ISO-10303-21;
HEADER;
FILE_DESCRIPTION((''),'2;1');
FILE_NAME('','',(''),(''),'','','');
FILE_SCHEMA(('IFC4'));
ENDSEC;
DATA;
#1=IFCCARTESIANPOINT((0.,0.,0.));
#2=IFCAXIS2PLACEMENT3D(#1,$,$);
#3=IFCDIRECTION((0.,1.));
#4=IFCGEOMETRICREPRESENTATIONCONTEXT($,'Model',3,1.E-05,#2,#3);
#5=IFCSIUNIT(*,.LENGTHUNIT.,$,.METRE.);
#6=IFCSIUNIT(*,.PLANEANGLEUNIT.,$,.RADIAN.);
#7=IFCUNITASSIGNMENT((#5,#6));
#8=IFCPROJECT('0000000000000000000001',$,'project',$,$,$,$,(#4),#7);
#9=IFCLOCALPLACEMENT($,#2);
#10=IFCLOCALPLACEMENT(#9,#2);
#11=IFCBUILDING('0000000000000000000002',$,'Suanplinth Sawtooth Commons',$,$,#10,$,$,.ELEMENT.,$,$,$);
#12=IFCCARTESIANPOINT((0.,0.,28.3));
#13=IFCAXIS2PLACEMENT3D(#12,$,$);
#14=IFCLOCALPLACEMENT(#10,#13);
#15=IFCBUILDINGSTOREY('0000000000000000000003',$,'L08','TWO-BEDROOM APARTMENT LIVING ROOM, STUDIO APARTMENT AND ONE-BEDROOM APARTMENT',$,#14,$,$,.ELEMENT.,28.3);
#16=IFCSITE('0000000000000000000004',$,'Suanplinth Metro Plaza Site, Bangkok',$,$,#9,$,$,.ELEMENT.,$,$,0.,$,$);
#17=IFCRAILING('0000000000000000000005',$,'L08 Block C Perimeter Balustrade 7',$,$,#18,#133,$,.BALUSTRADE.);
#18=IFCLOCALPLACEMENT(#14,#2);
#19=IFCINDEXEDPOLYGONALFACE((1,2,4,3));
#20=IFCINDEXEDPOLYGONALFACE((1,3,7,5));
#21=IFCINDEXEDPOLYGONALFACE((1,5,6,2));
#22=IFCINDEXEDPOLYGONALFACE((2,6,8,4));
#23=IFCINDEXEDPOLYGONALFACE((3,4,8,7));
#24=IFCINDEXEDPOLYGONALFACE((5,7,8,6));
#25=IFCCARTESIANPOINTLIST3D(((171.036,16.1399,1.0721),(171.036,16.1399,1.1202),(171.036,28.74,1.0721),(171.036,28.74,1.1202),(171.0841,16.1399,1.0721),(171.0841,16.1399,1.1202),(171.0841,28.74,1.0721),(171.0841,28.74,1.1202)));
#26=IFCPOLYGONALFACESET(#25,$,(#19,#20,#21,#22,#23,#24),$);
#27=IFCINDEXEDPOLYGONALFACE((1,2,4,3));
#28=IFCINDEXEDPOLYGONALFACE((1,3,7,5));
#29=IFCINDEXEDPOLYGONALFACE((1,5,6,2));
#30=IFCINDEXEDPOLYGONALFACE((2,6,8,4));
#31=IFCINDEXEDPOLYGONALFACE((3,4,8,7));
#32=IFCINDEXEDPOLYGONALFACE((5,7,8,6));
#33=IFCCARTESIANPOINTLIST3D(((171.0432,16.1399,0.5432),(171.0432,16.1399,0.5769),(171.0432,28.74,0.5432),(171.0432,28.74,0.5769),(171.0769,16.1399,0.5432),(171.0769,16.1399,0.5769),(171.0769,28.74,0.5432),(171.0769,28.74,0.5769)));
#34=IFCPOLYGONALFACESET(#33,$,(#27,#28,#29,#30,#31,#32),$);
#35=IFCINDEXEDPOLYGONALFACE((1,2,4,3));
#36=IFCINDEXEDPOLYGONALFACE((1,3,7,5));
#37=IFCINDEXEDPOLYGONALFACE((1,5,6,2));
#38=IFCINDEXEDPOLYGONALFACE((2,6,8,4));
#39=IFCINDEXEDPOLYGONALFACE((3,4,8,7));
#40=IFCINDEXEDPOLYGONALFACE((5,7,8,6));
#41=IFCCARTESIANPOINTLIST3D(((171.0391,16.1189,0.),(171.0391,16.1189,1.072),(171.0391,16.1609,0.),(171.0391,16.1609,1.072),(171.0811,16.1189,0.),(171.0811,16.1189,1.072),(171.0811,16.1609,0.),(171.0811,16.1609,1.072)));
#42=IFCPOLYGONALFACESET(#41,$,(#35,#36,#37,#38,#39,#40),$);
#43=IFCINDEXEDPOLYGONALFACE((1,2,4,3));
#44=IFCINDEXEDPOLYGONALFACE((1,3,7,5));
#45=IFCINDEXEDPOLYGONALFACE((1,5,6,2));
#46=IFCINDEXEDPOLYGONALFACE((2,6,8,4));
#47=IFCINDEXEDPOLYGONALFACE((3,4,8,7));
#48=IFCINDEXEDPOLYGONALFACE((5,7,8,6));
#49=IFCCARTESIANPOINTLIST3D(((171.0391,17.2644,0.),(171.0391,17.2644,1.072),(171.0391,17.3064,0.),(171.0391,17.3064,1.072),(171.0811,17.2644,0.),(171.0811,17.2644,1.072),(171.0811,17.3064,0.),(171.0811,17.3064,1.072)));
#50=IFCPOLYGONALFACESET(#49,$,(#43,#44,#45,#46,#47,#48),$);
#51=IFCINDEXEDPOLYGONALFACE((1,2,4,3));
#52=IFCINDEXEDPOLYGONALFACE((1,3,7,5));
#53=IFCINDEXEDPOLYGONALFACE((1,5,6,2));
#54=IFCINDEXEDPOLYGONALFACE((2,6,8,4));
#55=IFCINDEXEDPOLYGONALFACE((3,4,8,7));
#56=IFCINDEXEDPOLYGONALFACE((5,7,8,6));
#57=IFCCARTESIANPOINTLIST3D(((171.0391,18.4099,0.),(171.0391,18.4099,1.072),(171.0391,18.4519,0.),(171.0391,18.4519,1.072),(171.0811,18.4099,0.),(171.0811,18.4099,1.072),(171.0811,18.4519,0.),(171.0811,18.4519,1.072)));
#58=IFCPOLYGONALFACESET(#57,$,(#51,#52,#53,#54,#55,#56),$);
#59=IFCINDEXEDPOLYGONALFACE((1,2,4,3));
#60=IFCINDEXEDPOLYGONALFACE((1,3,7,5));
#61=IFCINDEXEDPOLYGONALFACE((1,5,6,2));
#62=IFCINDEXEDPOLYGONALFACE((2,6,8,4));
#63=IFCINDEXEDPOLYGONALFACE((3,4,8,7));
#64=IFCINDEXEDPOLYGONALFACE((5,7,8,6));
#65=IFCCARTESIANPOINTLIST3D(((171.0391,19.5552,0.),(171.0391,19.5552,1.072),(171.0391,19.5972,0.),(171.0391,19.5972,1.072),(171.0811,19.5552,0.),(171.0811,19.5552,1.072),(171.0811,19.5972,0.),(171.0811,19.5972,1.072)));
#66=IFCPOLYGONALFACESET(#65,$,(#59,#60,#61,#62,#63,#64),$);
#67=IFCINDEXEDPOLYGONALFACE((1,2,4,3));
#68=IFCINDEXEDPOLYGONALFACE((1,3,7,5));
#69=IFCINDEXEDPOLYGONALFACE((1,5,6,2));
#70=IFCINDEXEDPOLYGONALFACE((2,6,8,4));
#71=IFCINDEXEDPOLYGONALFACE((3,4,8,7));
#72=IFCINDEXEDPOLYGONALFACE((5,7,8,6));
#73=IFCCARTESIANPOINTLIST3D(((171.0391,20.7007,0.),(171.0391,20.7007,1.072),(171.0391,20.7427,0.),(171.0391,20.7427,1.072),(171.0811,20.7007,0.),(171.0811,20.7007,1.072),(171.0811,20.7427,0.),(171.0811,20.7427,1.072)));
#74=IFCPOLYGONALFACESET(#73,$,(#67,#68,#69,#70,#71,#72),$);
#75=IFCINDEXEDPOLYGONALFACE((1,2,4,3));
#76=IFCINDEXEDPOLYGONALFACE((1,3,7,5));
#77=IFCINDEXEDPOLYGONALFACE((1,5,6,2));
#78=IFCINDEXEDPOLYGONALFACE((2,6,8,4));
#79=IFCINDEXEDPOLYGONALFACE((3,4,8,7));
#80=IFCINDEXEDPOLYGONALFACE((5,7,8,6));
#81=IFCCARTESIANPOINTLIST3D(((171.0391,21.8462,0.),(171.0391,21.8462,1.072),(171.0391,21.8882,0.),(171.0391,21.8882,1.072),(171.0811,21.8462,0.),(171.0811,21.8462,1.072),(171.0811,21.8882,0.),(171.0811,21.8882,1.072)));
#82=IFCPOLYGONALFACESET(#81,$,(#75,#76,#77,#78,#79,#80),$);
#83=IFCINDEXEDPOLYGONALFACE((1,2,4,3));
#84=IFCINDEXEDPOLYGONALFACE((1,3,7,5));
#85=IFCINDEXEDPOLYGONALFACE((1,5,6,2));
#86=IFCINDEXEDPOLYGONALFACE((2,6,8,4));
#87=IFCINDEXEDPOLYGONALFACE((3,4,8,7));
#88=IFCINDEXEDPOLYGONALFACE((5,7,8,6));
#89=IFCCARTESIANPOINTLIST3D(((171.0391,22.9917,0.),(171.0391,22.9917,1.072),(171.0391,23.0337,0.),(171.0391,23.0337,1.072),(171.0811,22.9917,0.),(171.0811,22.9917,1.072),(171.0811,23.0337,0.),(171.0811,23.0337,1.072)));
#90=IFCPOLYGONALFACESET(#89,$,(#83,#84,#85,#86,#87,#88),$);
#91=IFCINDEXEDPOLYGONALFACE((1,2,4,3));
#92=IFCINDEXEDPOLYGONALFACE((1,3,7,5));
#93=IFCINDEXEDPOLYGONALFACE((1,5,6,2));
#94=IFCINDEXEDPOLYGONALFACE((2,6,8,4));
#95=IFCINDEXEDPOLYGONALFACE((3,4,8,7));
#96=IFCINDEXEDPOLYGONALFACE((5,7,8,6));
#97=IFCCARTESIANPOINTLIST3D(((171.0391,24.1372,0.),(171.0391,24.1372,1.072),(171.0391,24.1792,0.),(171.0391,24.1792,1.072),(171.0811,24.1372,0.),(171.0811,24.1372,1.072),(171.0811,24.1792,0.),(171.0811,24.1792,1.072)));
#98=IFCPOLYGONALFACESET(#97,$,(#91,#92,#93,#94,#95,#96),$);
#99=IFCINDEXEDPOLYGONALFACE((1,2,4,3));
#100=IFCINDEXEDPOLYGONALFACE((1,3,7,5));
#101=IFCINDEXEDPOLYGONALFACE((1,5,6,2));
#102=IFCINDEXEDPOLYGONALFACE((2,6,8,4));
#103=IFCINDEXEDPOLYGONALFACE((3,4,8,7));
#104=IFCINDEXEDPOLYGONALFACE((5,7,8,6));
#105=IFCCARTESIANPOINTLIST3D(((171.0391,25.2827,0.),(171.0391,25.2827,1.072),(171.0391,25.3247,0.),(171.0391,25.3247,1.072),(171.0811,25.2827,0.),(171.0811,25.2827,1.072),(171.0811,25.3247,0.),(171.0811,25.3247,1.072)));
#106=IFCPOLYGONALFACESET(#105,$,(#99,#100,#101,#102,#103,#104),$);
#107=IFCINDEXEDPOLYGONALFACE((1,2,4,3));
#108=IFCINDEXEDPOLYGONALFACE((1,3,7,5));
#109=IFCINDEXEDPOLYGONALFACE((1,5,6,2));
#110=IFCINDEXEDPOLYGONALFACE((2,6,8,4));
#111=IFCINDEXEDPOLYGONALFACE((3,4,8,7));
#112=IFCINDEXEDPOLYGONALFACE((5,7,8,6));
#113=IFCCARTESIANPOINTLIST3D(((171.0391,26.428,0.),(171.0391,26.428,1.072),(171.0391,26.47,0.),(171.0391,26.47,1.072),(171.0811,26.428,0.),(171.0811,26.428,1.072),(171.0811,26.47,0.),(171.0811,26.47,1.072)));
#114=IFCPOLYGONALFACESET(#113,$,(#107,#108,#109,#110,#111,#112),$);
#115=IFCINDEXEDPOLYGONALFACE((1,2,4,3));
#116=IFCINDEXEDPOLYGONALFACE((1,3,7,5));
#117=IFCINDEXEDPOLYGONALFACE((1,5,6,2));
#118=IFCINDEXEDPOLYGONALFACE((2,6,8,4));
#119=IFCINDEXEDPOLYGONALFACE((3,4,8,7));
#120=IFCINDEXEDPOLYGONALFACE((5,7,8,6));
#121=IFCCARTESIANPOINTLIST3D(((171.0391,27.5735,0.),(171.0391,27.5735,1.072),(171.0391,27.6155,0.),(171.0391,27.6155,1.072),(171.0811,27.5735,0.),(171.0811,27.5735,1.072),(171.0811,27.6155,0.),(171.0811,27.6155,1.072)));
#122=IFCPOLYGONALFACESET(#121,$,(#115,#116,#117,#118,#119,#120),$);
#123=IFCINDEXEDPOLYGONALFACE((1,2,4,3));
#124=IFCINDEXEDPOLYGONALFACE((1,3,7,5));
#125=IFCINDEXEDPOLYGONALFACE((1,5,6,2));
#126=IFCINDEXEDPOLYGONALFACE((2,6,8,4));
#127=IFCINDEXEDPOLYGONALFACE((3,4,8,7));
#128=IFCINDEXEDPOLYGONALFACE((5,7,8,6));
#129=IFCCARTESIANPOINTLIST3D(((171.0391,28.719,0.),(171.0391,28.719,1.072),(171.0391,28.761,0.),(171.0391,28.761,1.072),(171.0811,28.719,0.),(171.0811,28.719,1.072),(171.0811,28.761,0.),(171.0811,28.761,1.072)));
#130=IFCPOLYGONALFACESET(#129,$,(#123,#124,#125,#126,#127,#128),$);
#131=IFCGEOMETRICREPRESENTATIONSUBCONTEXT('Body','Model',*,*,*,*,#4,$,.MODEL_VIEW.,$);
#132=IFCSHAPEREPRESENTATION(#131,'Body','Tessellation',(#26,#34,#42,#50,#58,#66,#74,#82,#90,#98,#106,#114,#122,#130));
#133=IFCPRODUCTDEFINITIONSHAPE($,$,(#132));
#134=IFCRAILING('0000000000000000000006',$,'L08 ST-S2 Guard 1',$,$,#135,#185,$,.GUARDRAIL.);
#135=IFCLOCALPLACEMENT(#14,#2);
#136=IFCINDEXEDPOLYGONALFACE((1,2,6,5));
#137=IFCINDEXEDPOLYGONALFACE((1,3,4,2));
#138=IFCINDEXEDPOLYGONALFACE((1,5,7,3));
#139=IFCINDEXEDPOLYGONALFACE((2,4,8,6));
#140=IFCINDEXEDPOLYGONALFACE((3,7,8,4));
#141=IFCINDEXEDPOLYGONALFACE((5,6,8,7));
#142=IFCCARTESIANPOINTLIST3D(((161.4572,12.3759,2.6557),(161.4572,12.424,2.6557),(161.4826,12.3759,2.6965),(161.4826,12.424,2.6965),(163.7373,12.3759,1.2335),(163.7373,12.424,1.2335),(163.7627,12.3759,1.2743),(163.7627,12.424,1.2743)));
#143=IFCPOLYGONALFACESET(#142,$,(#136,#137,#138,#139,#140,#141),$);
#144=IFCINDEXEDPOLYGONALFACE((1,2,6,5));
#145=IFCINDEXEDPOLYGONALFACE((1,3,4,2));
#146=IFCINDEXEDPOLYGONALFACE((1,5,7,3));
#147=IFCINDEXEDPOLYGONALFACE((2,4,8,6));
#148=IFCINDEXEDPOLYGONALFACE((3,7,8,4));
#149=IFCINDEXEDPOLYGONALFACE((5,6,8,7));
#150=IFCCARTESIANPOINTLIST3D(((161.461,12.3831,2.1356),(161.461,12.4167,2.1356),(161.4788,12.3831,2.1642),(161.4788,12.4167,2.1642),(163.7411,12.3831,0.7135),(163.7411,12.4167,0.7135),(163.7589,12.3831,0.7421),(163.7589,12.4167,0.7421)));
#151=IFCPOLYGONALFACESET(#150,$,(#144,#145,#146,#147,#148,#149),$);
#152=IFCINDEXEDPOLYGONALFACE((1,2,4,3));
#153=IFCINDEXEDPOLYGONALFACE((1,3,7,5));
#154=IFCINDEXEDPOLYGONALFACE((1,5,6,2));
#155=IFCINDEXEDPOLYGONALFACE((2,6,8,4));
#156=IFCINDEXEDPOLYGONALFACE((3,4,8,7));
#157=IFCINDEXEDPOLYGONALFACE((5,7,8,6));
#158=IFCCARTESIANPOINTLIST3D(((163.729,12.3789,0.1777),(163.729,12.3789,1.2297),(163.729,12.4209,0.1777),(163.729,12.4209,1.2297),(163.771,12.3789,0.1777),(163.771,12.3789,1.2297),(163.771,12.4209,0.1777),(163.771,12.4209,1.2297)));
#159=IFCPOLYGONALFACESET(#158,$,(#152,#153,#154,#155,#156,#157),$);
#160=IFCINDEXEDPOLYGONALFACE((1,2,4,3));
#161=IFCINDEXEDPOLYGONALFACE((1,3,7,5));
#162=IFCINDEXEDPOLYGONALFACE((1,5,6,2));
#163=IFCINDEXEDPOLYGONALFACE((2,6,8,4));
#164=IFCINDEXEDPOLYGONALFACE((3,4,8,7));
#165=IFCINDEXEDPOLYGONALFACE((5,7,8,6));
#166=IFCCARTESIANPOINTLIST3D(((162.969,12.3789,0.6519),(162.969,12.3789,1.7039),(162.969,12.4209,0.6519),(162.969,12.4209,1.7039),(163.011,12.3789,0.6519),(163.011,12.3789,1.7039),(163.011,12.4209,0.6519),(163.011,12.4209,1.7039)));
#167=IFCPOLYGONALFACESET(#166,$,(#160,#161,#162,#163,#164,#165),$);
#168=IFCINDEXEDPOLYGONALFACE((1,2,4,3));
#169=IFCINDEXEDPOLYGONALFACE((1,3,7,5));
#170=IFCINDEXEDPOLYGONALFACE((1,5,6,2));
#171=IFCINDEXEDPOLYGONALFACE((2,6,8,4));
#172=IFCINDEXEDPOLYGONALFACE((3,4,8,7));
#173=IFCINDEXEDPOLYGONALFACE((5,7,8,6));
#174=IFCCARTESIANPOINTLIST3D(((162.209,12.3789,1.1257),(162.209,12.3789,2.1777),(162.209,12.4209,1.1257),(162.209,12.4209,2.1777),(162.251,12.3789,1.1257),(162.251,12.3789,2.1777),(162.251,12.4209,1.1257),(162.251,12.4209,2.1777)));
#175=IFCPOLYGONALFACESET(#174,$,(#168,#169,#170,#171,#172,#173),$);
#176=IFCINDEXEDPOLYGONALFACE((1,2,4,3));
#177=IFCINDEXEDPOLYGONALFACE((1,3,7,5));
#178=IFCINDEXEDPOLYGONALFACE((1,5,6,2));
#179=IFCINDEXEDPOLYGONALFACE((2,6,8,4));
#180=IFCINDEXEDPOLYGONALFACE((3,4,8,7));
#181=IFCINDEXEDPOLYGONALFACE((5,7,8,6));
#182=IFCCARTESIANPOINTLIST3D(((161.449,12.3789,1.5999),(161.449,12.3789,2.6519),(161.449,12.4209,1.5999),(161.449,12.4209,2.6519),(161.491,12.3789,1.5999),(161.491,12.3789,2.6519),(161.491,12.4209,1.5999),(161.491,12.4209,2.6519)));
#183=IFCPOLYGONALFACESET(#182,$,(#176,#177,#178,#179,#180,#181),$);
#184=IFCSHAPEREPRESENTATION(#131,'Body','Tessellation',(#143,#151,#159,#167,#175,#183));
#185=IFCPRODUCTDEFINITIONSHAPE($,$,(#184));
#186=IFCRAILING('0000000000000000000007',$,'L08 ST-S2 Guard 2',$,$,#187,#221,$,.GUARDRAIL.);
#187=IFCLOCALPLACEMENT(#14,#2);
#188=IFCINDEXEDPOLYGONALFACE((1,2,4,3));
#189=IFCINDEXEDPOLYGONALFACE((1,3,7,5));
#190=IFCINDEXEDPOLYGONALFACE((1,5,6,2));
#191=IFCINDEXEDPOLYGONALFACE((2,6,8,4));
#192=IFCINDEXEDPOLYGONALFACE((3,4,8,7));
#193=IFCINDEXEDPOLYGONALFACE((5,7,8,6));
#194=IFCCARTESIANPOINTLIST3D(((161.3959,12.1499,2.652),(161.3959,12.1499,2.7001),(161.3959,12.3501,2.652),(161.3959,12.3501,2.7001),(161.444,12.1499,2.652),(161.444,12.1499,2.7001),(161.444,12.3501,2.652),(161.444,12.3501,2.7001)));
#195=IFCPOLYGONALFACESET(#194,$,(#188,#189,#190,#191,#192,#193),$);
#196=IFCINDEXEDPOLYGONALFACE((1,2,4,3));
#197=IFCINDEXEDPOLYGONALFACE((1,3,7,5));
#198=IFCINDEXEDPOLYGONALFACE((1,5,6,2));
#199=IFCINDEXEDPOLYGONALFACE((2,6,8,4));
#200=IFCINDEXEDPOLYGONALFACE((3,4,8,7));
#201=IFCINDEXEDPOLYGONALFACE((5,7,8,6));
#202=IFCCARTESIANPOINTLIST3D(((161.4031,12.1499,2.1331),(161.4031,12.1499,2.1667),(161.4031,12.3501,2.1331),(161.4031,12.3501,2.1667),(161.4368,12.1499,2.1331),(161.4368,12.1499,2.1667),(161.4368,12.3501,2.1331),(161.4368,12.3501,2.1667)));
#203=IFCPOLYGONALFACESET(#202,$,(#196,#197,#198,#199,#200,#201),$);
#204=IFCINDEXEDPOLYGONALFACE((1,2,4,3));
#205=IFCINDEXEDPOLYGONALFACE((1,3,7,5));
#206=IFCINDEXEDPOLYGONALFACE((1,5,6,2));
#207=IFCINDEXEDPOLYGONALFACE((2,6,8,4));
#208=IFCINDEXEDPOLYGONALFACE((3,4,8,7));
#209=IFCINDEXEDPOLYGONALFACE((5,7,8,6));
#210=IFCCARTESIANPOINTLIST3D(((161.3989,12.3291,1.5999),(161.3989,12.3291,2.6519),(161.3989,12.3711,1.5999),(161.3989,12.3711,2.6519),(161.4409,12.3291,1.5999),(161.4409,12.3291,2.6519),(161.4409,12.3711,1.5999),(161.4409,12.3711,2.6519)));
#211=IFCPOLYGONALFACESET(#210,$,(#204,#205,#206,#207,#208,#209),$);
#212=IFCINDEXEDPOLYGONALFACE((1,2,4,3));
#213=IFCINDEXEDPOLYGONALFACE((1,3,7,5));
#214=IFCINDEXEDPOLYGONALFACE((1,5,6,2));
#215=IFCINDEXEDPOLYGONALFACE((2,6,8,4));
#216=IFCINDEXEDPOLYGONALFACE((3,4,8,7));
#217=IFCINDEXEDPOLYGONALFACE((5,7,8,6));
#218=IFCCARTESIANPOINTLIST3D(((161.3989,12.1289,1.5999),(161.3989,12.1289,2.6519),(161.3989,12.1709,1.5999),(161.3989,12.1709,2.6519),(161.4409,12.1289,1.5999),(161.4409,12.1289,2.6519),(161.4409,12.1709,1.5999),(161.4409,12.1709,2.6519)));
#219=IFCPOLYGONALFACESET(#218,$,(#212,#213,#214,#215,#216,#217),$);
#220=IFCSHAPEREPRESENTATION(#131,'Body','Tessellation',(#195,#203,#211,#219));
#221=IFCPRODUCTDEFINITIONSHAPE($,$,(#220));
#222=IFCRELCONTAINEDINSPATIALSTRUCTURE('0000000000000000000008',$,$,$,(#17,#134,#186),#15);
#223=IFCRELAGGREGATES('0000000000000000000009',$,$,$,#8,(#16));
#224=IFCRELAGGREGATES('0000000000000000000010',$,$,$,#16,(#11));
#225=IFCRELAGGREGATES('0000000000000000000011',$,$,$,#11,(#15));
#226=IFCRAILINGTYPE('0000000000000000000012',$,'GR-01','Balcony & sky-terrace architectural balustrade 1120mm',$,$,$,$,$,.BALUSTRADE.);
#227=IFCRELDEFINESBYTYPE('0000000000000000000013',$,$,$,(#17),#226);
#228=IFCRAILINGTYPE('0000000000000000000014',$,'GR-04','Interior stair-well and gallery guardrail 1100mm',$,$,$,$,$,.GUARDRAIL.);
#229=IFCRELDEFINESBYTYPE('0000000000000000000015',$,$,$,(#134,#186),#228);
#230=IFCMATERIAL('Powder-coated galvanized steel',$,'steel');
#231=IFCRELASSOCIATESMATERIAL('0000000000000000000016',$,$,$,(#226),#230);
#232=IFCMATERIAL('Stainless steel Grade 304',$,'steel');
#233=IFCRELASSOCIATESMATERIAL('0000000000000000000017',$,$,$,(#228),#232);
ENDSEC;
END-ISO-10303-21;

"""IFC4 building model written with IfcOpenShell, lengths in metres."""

from ifc_helpers import new_model, si_unit, direction, frame, origin, origin_2d, place, context, subcontext, project, spatial, rectangle, extrude, material, type_object, element, save


model = new_model("IFC4")

# Units and contexts
model_context = context("Model", 3, precision=1e-05, world=origin(), true_north=direction((0.0, 1.0)))
body_context = subcontext(model_context, "Body", "Model", "MODEL_VIEW")
ifc_project = project(units=[si_unit("LENGTHUNIT", "METRE"), si_unit("PLANEANGLEUNIT", "RADIAN")], contexts=[model_context])

# Site, building, storey
site_placement = place(None, origin())
site = spatial("IfcSite", under=ifc_project, at=site_placement, Name="Suanplinth Metro Plaza Site, Bangkok", CompositionType="ELEMENT", RefElevation=0.0)
building_placement = place(site_placement, origin())
building = spatial("IfcBuilding", under=site, at=building_placement, Name="Suanplinth Sawtooth Commons", CompositionType="ELEMENT")
storey_placement = place(building_placement, frame((0.0, 0.0, 28.3)))
storey = spatial("IfcBuildingStorey", under=building, at=storey_placement, Name="L08", Description="TWO-BEDROOM APARTMENT LIVING ROOM, STUDIO APARTMENT AND ONE-BEDROOM APARTMENT", CompositionType="ELEMENT", Elevation=28.3)

# Railings
ifc_material_1 = material(Name="Powder-coated galvanized steel", Category="steel")
railing_type_1 = type_object("IfcRailingType", Name="GR-01", Description="Balcony & sky-terrace architectural balustrade 1120mm", PredefinedType="BALUSTRADE", material=ifc_material_1)
railing_1_placement = place(storey_placement, frame((171.0601, 16.1399, 0.0)))
element("IfcRailing", 1, at=railing_1_placement, inside=storey, type_object=railing_type_1, Name="L08 Block C Perimeter Balustrade 7", PredefinedType="BALUSTRADE", context=body_context, shape_type="SweptSolid", body=[
    extrude(rectangle(XDim=0.0481, YDim=0.0481, at=origin_2d()), frame((0.0, 0.0, 1.0962), z_axis=(0.0, 1.0, 0.0), x_axis=(-1.0, 0.0, 0.0)), (0.0, 0.0, 1.0), 12.6001),
    extrude(rectangle(XDim=0.0337, YDim=0.0337, at=origin_2d()), frame((0.0, 0.0, 0.5601), z_axis=(0.0, 1.0, 0.0), x_axis=(-1.0, 0.0, 0.0)), (0.0, 0.0, 1.0), 12.6001),
    extrude(rectangle(XDim=0.042, YDim=0.042, at=origin_2d()), origin(), (0.0, 0.0, 1.0), 1.072),
    extrude(rectangle(XDim=0.042, YDim=0.042, at=origin_2d()), frame((0.0, 1.1455, 0.0)), (0.0, 0.0, 1.0), 1.072),
    extrude(rectangle(XDim=0.042, YDim=0.042, at=origin_2d()), frame((0.0, 2.291, 0.0)), (0.0, 0.0, 1.0), 1.072),
    extrude(rectangle(XDim=0.042, YDim=0.042, at=origin_2d()), frame((0.0, 3.4363, 0.0)), (0.0, 0.0, 1.0), 1.072),
    extrude(rectangle(XDim=0.042, YDim=0.042, at=origin_2d()), frame((0.0, 4.5818, 0.0)), (0.0, 0.0, 1.0), 1.072),
    extrude(rectangle(XDim=0.042, YDim=0.042, at=origin_2d()), frame((0.0, 5.7273, 0.0)), (0.0, 0.0, 1.0), 1.072),
    extrude(rectangle(XDim=0.042, YDim=0.042, at=origin_2d()), frame((0.0, 6.8728, 0.0)), (0.0, 0.0, 1.0), 1.072),
    extrude(rectangle(XDim=0.042, YDim=0.042, at=origin_2d()), frame((0.0, 8.0183, 0.0)), (0.0, 0.0, 1.0), 1.072),
    extrude(rectangle(XDim=0.042, YDim=0.042, at=origin_2d()), frame((0.0, 9.1638, 0.0)), (0.0, 0.0, 1.0), 1.072),
    extrude(rectangle(XDim=0.042, YDim=0.042, at=origin_2d()), frame((0.0, 10.3091, 0.0)), (0.0, 0.0, 1.0), 1.072),
    extrude(rectangle(XDim=0.042, YDim=0.042, at=origin_2d()), frame((0.0, 11.4546, 0.0)), (0.0, 0.0, 1.0), 1.072),
    extrude(rectangle(XDim=0.042, YDim=0.042, at=origin_2d()), frame((0.0, 12.6001, 0.0)), (0.0, 0.0, 1.0), 1.072),
])
ifc_material_2 = material(Name="Stainless steel Grade 304", Category="steel")
railing_type_2 = type_object("IfcRailingType", Name="GR-04", Description="Interior stair-well and gallery guardrail 1100mm", PredefinedType="GUARDRAIL", material=ifc_material_2)
railing_2_placement = place(storey_placement, frame((163.75, 12.3999, 0.1777)))
element("IfcRailing", 2, at=railing_2_placement, inside=storey, type_object=railing_type_2, Name="L08 ST-S2 Guard 1", PredefinedType="GUARDRAIL", context=body_context, shape_type="SweptSolid", body=[
    extrude(rectangle(XDim=0.0481, YDim=0.0481, at=origin_2d()), frame((0.0, 0.0, 1.0762), z_axis=(-0.848483, 0.0, 0.529223), x_axis=(0.0, -1.0, 0.0)), (0.0, 0.0, 1.0), 2.6873),
    extrude(rectangle(XDim=0.0337, YDim=0.0337, at=origin_2d()), frame((0.0, 0.0, 0.55), z_axis=(-0.848483, 0.0, 0.529223), x_axis=(0.0, -1.0, 0.0)), (0.0, 0.0, 1.0), 2.6873),
    extrude(rectangle(XDim=0.042, YDim=0.042, at=origin_2d()), origin(), (0.0, 0.0, 1.0), 1.052),
    extrude(rectangle(XDim=0.042, YDim=0.042, at=origin_2d()), frame((-0.76, 0.0, 0.4741)), (0.0, 0.0, 1.0), 1.052),
    extrude(rectangle(XDim=0.042, YDim=0.042, at=origin_2d()), frame((-1.52, 0.0, 0.948)), (0.0, 0.0, 1.0), 1.052),
    extrude(rectangle(XDim=0.042, YDim=0.042, at=origin_2d()), frame((-2.28, 0.0, 1.4221)), (0.0, 0.0, 1.0), 1.052),
])
railing_3_placement = place(storey_placement, frame((161.4199, 12.3501, 1.5999)))
element("IfcRailing", 3, at=railing_3_placement, inside=storey, type_object=railing_type_2, Name="L08 ST-S2 Guard 2", PredefinedType="GUARDRAIL", context=body_context, shape_type="SweptSolid", body=[
    extrude(rectangle(XDim=0.0481, YDim=0.0481, at=origin_2d()), frame((0.0, 0.0, 1.0762), z_axis=(0.0, -1.0, 0.0), x_axis=(1.0, 0.0, 0.0)), (0.0, 0.0, 1.0), 0.2002),
    extrude(rectangle(XDim=0.0337, YDim=0.0337, at=origin_2d()), frame((0.0, 0.0, 0.55), z_axis=(0.0, -1.0, 0.0), x_axis=(1.0, 0.0, 0.0)), (0.0, 0.0, 1.0), 0.2002),
    extrude(rectangle(XDim=0.042, YDim=0.042, at=origin_2d()), origin(), (0.0, 0.0, 1.0), 1.052),
    extrude(rectangle(XDim=0.042, YDim=0.042, at=origin_2d()), frame((0.0, -0.2002, 0.0)), (0.0, 0.0, 1.0), 1.052),
])

save(model, "model.ifc")
